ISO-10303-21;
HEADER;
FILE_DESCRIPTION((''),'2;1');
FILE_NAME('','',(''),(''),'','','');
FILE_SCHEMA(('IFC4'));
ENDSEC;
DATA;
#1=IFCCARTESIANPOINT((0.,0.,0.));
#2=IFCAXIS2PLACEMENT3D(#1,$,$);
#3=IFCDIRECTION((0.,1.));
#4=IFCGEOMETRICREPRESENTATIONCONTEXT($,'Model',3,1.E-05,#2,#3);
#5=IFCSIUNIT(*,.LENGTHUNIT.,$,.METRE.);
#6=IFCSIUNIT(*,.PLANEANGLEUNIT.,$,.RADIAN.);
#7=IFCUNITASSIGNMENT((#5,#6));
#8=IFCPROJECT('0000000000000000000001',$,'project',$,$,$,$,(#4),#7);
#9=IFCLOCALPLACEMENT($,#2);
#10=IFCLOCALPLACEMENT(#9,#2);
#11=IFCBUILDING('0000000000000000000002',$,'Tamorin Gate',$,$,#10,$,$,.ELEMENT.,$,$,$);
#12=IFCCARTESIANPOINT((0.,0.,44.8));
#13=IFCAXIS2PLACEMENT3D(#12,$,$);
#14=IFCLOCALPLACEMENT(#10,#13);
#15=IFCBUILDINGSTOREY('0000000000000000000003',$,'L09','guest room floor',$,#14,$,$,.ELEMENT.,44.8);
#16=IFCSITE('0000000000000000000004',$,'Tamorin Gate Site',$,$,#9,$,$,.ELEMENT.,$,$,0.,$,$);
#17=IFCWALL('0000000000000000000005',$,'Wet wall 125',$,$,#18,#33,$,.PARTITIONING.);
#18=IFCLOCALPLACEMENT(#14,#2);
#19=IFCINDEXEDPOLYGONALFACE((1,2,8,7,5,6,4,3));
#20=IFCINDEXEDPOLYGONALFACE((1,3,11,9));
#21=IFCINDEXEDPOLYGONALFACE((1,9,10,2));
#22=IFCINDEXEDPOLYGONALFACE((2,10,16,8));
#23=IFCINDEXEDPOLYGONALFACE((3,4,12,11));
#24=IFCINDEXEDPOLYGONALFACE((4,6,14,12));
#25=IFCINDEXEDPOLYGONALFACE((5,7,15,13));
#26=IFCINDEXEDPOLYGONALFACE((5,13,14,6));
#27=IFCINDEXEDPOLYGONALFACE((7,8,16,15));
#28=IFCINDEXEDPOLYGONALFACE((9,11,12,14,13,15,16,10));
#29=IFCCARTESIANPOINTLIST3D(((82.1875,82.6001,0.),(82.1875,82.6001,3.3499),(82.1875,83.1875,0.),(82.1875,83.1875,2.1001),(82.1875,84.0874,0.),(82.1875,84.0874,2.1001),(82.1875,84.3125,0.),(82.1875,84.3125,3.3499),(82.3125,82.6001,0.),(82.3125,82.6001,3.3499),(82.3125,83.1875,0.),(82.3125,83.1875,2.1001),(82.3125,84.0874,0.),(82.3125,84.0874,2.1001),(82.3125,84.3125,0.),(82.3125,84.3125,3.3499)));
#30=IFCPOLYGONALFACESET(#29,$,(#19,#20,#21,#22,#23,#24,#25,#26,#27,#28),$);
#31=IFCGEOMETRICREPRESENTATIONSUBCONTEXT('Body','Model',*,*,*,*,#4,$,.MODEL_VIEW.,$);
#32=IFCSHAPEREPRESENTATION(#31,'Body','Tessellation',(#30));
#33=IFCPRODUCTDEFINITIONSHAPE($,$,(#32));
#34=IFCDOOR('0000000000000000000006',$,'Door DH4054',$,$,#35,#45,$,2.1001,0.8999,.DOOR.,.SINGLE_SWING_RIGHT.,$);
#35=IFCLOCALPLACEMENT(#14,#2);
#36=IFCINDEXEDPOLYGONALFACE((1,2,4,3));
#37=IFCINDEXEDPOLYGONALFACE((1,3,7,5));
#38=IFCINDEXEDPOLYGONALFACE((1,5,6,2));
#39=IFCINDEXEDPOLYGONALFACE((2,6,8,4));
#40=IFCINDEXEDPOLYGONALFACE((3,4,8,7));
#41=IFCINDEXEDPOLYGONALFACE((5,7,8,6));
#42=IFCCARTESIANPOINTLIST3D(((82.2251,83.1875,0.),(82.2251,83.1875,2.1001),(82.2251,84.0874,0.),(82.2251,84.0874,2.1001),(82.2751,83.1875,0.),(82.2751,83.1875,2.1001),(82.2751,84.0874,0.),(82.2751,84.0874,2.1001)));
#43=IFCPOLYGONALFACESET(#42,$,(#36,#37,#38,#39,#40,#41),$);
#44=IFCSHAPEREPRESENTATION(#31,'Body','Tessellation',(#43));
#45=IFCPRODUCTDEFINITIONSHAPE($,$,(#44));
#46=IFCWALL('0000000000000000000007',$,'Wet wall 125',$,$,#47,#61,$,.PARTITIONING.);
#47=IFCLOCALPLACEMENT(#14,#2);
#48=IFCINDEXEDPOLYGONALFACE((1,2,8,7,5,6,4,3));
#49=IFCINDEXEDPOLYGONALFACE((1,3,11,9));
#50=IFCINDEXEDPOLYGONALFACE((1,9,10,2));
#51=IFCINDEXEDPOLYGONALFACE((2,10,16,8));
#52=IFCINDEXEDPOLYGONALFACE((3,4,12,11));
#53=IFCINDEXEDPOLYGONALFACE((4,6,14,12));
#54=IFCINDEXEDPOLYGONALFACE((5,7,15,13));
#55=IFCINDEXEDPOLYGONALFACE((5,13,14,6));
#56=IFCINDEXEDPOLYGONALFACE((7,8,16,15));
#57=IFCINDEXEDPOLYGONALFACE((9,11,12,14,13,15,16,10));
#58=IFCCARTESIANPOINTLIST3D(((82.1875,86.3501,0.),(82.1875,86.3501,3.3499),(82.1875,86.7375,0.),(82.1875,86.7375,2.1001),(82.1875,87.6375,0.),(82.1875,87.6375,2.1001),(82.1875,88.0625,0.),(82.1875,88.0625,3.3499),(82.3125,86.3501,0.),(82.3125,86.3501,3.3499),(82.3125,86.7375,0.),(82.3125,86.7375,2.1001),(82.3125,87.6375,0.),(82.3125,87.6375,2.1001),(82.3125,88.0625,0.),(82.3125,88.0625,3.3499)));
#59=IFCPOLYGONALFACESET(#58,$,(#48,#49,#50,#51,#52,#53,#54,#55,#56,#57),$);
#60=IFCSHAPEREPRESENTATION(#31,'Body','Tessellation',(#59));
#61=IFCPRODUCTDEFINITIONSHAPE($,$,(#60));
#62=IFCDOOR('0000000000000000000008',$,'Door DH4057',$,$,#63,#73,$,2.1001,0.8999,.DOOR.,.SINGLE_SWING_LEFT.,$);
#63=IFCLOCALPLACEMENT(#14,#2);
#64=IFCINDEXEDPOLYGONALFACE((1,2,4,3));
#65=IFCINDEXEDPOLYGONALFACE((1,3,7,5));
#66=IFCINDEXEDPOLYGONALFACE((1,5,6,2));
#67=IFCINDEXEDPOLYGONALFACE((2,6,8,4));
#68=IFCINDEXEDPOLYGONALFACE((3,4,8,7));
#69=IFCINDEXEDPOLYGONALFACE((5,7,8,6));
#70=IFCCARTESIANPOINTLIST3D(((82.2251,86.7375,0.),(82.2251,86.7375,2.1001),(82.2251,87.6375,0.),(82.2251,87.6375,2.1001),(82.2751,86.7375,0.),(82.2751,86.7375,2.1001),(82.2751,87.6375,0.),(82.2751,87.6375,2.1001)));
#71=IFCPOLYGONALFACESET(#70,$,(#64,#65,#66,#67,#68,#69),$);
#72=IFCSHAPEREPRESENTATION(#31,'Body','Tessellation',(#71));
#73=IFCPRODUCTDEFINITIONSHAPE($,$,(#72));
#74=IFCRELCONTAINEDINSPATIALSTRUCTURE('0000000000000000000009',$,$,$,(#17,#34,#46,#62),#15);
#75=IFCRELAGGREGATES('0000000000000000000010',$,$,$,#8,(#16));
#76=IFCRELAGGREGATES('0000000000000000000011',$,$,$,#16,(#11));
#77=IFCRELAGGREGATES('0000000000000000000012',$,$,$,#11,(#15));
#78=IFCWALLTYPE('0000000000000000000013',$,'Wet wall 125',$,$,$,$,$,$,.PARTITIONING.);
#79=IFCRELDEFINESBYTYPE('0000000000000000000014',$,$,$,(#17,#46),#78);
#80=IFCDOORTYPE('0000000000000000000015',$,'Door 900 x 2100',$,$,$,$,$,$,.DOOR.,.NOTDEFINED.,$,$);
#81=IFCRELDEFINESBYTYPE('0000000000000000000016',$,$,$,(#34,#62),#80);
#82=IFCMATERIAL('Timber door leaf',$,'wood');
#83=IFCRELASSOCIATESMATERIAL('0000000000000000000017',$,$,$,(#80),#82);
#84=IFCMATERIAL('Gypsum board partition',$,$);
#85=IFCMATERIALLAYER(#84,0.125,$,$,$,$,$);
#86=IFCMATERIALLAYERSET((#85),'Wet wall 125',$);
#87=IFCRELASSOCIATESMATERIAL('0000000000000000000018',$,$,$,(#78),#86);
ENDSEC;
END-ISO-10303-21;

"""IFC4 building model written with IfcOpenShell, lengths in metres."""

from ifc_helpers import new_model, si_unit, direction, frame, frame_2d, origin, place, context, subcontext, project, spatial, rectangle, extrude, material, layer, layer_set, type_object, element, fill, save


model = new_model("IFC4")

# Units and contexts
model_context = context("Model", 3, precision=1e-05, world=origin(), true_north=direction((0.0, 1.0)))
body_context = subcontext(model_context, "Body", "Model", "MODEL_VIEW")
ifc_project = project(units=[si_unit("LENGTHUNIT", "METRE"), si_unit("PLANEANGLEUNIT", "RADIAN")], contexts=[model_context])

# Site, building, storey
site_placement = place(None, origin())
site = spatial("IfcSite", under=ifc_project, at=site_placement, Name="Tamorin Gate Site", CompositionType="ELEMENT", RefElevation=0.0)
building_placement = place(site_placement, origin())
building = spatial("IfcBuilding", under=site, at=building_placement, Name="Tamorin Gate", CompositionType="ELEMENT")
storey_placement = place(building_placement, frame((0.0, 0.0, 44.8)))
storey = spatial("IfcBuildingStorey", under=building, at=storey_placement, Name="L09", Description="guest room floor", CompositionType="ELEMENT", Elevation=44.8)

# Walls, openings, doors
ifc_material_1 = material(Name="Gypsum board partition")
ifc_material_2 = material(Name="Timber door leaf", Category="wood")
door_type = type_object("IfcDoorType", Name="Door 900 x 2100", OperationType="NOTDEFINED", PredefinedType="DOOR", material=ifc_material_2)
ifc_layer_1 = layer(ifc_material_1, 0.125)
ifc_layer_set_1 = layer_set([ifc_layer_1], Name="Wet wall 125")
wall_type_1 = type_object("IfcWallType", Name="Wet wall 125", PredefinedType="PARTITIONING", material=ifc_layer_set_1)
wall_1_placement = place(storey_placement, frame((82.25, 82.6001, 0.0), z_axis=(0.0, 0.0, 1.0), x_axis=(0.0, 1.0, 0.0)))
wall_1 = element("IfcWall", 1, at=wall_1_placement, inside=storey, type_object=wall_type_1, Name="Wet wall 125", PredefinedType="PARTITIONING", context=body_context, shape_type="SweptSolid", body=[
    extrude(rectangle(XDim=1.7124, YDim=0.125, at=frame_2d((0.8562, 0.0))), origin(), (0.0, 0.0, 1.0), 3.3499),
])
opening_1_placement = place(wall_1_placement, frame((0.5874, 0.0, 0.0)))
opening_1 = element("IfcOpeningElement", 2, at=opening_1_placement, cuts=wall_1, PredefinedType="OPENING", context=body_context, shape_type="SweptSolid", body=[
    extrude(rectangle(XDim=0.8999, YDim=2.1001, at=frame_2d((0.45, 1.05))), frame((0.0, 0.0725, 0.0), z_axis=(0.0, -1.0, 0.0), x_axis=(1.0, 0.0, 0.0)), (0.0, 0.0, 1.0), 0.145),
])
door_1_placement = place(opening_1_placement, origin())
door_1 = element("IfcDoor", 3, at=door_1_placement, inside=storey, type_object=door_type, Name="Door DH4054", OperationType="SINGLE_SWING_RIGHT", OverallHeight=2.1001, OverallWidth=0.8999, PredefinedType="DOOR", context=body_context, shape_type="SweptSolid", body=[
    extrude(rectangle(XDim=0.8999, YDim=2.1001, at=frame_2d((0.45, 1.05))), frame((0.0, 0.0249, 0.0), z_axis=(0.0, -1.0, 0.0), x_axis=(1.0, 0.0, 0.0)), (0.0, 0.0, 1.0), 0.05),
])
fill(opening_1, door_1)
wall_2_placement = place(storey_placement, frame((82.25, 86.3501, 0.0), z_axis=(0.0, 0.0, 1.0), x_axis=(0.0, 1.0, 0.0)))
wall_2 = element("IfcWall", 4, at=wall_2_placement, inside=storey, type_object=wall_type_1, Name="Wet wall 125", PredefinedType="PARTITIONING", context=body_context, shape_type="SweptSolid", body=[
    extrude(rectangle(XDim=1.7124, YDim=0.125, at=frame_2d((0.8562, 0.0))), origin(), (0.0, 0.0, 1.0), 3.3499),
])
opening_2_placement = place(wall_2_placement, frame((0.3875, 0.0, 0.0)))
opening_2 = element("IfcOpeningElement", 5, at=opening_2_placement, cuts=wall_2, PredefinedType="OPENING", context=body_context, shape_type="SweptSolid", body=[
    extrude(rectangle(XDim=0.8999, YDim=2.1001, at=frame_2d((0.45, 1.05))), frame((0.0, 0.0725, 0.0), z_axis=(0.0, -1.0, 0.0), x_axis=(1.0, 0.0, 0.0)), (0.0, 0.0, 1.0), 0.145),
])
door_2_placement = place(opening_2_placement, origin())
door_2 = element("IfcDoor", 6, at=door_2_placement, inside=storey, type_object=door_type, Name="Door DH4057", OperationType="SINGLE_SWING_LEFT", OverallHeight=2.1001, OverallWidth=0.8999, PredefinedType="DOOR", context=body_context, shape_type="SweptSolid", body=[
    extrude(rectangle(XDim=0.8999, YDim=2.1001, at=frame_2d((0.45, 1.05))), frame((0.0, 0.0249, 0.0), z_axis=(0.0, -1.0, 0.0), x_axis=(1.0, 0.0, 0.0)), (0.0, 0.0, 1.0), 0.05),
])
fill(opening_2, door_2)

save(model, "model.ifc")
